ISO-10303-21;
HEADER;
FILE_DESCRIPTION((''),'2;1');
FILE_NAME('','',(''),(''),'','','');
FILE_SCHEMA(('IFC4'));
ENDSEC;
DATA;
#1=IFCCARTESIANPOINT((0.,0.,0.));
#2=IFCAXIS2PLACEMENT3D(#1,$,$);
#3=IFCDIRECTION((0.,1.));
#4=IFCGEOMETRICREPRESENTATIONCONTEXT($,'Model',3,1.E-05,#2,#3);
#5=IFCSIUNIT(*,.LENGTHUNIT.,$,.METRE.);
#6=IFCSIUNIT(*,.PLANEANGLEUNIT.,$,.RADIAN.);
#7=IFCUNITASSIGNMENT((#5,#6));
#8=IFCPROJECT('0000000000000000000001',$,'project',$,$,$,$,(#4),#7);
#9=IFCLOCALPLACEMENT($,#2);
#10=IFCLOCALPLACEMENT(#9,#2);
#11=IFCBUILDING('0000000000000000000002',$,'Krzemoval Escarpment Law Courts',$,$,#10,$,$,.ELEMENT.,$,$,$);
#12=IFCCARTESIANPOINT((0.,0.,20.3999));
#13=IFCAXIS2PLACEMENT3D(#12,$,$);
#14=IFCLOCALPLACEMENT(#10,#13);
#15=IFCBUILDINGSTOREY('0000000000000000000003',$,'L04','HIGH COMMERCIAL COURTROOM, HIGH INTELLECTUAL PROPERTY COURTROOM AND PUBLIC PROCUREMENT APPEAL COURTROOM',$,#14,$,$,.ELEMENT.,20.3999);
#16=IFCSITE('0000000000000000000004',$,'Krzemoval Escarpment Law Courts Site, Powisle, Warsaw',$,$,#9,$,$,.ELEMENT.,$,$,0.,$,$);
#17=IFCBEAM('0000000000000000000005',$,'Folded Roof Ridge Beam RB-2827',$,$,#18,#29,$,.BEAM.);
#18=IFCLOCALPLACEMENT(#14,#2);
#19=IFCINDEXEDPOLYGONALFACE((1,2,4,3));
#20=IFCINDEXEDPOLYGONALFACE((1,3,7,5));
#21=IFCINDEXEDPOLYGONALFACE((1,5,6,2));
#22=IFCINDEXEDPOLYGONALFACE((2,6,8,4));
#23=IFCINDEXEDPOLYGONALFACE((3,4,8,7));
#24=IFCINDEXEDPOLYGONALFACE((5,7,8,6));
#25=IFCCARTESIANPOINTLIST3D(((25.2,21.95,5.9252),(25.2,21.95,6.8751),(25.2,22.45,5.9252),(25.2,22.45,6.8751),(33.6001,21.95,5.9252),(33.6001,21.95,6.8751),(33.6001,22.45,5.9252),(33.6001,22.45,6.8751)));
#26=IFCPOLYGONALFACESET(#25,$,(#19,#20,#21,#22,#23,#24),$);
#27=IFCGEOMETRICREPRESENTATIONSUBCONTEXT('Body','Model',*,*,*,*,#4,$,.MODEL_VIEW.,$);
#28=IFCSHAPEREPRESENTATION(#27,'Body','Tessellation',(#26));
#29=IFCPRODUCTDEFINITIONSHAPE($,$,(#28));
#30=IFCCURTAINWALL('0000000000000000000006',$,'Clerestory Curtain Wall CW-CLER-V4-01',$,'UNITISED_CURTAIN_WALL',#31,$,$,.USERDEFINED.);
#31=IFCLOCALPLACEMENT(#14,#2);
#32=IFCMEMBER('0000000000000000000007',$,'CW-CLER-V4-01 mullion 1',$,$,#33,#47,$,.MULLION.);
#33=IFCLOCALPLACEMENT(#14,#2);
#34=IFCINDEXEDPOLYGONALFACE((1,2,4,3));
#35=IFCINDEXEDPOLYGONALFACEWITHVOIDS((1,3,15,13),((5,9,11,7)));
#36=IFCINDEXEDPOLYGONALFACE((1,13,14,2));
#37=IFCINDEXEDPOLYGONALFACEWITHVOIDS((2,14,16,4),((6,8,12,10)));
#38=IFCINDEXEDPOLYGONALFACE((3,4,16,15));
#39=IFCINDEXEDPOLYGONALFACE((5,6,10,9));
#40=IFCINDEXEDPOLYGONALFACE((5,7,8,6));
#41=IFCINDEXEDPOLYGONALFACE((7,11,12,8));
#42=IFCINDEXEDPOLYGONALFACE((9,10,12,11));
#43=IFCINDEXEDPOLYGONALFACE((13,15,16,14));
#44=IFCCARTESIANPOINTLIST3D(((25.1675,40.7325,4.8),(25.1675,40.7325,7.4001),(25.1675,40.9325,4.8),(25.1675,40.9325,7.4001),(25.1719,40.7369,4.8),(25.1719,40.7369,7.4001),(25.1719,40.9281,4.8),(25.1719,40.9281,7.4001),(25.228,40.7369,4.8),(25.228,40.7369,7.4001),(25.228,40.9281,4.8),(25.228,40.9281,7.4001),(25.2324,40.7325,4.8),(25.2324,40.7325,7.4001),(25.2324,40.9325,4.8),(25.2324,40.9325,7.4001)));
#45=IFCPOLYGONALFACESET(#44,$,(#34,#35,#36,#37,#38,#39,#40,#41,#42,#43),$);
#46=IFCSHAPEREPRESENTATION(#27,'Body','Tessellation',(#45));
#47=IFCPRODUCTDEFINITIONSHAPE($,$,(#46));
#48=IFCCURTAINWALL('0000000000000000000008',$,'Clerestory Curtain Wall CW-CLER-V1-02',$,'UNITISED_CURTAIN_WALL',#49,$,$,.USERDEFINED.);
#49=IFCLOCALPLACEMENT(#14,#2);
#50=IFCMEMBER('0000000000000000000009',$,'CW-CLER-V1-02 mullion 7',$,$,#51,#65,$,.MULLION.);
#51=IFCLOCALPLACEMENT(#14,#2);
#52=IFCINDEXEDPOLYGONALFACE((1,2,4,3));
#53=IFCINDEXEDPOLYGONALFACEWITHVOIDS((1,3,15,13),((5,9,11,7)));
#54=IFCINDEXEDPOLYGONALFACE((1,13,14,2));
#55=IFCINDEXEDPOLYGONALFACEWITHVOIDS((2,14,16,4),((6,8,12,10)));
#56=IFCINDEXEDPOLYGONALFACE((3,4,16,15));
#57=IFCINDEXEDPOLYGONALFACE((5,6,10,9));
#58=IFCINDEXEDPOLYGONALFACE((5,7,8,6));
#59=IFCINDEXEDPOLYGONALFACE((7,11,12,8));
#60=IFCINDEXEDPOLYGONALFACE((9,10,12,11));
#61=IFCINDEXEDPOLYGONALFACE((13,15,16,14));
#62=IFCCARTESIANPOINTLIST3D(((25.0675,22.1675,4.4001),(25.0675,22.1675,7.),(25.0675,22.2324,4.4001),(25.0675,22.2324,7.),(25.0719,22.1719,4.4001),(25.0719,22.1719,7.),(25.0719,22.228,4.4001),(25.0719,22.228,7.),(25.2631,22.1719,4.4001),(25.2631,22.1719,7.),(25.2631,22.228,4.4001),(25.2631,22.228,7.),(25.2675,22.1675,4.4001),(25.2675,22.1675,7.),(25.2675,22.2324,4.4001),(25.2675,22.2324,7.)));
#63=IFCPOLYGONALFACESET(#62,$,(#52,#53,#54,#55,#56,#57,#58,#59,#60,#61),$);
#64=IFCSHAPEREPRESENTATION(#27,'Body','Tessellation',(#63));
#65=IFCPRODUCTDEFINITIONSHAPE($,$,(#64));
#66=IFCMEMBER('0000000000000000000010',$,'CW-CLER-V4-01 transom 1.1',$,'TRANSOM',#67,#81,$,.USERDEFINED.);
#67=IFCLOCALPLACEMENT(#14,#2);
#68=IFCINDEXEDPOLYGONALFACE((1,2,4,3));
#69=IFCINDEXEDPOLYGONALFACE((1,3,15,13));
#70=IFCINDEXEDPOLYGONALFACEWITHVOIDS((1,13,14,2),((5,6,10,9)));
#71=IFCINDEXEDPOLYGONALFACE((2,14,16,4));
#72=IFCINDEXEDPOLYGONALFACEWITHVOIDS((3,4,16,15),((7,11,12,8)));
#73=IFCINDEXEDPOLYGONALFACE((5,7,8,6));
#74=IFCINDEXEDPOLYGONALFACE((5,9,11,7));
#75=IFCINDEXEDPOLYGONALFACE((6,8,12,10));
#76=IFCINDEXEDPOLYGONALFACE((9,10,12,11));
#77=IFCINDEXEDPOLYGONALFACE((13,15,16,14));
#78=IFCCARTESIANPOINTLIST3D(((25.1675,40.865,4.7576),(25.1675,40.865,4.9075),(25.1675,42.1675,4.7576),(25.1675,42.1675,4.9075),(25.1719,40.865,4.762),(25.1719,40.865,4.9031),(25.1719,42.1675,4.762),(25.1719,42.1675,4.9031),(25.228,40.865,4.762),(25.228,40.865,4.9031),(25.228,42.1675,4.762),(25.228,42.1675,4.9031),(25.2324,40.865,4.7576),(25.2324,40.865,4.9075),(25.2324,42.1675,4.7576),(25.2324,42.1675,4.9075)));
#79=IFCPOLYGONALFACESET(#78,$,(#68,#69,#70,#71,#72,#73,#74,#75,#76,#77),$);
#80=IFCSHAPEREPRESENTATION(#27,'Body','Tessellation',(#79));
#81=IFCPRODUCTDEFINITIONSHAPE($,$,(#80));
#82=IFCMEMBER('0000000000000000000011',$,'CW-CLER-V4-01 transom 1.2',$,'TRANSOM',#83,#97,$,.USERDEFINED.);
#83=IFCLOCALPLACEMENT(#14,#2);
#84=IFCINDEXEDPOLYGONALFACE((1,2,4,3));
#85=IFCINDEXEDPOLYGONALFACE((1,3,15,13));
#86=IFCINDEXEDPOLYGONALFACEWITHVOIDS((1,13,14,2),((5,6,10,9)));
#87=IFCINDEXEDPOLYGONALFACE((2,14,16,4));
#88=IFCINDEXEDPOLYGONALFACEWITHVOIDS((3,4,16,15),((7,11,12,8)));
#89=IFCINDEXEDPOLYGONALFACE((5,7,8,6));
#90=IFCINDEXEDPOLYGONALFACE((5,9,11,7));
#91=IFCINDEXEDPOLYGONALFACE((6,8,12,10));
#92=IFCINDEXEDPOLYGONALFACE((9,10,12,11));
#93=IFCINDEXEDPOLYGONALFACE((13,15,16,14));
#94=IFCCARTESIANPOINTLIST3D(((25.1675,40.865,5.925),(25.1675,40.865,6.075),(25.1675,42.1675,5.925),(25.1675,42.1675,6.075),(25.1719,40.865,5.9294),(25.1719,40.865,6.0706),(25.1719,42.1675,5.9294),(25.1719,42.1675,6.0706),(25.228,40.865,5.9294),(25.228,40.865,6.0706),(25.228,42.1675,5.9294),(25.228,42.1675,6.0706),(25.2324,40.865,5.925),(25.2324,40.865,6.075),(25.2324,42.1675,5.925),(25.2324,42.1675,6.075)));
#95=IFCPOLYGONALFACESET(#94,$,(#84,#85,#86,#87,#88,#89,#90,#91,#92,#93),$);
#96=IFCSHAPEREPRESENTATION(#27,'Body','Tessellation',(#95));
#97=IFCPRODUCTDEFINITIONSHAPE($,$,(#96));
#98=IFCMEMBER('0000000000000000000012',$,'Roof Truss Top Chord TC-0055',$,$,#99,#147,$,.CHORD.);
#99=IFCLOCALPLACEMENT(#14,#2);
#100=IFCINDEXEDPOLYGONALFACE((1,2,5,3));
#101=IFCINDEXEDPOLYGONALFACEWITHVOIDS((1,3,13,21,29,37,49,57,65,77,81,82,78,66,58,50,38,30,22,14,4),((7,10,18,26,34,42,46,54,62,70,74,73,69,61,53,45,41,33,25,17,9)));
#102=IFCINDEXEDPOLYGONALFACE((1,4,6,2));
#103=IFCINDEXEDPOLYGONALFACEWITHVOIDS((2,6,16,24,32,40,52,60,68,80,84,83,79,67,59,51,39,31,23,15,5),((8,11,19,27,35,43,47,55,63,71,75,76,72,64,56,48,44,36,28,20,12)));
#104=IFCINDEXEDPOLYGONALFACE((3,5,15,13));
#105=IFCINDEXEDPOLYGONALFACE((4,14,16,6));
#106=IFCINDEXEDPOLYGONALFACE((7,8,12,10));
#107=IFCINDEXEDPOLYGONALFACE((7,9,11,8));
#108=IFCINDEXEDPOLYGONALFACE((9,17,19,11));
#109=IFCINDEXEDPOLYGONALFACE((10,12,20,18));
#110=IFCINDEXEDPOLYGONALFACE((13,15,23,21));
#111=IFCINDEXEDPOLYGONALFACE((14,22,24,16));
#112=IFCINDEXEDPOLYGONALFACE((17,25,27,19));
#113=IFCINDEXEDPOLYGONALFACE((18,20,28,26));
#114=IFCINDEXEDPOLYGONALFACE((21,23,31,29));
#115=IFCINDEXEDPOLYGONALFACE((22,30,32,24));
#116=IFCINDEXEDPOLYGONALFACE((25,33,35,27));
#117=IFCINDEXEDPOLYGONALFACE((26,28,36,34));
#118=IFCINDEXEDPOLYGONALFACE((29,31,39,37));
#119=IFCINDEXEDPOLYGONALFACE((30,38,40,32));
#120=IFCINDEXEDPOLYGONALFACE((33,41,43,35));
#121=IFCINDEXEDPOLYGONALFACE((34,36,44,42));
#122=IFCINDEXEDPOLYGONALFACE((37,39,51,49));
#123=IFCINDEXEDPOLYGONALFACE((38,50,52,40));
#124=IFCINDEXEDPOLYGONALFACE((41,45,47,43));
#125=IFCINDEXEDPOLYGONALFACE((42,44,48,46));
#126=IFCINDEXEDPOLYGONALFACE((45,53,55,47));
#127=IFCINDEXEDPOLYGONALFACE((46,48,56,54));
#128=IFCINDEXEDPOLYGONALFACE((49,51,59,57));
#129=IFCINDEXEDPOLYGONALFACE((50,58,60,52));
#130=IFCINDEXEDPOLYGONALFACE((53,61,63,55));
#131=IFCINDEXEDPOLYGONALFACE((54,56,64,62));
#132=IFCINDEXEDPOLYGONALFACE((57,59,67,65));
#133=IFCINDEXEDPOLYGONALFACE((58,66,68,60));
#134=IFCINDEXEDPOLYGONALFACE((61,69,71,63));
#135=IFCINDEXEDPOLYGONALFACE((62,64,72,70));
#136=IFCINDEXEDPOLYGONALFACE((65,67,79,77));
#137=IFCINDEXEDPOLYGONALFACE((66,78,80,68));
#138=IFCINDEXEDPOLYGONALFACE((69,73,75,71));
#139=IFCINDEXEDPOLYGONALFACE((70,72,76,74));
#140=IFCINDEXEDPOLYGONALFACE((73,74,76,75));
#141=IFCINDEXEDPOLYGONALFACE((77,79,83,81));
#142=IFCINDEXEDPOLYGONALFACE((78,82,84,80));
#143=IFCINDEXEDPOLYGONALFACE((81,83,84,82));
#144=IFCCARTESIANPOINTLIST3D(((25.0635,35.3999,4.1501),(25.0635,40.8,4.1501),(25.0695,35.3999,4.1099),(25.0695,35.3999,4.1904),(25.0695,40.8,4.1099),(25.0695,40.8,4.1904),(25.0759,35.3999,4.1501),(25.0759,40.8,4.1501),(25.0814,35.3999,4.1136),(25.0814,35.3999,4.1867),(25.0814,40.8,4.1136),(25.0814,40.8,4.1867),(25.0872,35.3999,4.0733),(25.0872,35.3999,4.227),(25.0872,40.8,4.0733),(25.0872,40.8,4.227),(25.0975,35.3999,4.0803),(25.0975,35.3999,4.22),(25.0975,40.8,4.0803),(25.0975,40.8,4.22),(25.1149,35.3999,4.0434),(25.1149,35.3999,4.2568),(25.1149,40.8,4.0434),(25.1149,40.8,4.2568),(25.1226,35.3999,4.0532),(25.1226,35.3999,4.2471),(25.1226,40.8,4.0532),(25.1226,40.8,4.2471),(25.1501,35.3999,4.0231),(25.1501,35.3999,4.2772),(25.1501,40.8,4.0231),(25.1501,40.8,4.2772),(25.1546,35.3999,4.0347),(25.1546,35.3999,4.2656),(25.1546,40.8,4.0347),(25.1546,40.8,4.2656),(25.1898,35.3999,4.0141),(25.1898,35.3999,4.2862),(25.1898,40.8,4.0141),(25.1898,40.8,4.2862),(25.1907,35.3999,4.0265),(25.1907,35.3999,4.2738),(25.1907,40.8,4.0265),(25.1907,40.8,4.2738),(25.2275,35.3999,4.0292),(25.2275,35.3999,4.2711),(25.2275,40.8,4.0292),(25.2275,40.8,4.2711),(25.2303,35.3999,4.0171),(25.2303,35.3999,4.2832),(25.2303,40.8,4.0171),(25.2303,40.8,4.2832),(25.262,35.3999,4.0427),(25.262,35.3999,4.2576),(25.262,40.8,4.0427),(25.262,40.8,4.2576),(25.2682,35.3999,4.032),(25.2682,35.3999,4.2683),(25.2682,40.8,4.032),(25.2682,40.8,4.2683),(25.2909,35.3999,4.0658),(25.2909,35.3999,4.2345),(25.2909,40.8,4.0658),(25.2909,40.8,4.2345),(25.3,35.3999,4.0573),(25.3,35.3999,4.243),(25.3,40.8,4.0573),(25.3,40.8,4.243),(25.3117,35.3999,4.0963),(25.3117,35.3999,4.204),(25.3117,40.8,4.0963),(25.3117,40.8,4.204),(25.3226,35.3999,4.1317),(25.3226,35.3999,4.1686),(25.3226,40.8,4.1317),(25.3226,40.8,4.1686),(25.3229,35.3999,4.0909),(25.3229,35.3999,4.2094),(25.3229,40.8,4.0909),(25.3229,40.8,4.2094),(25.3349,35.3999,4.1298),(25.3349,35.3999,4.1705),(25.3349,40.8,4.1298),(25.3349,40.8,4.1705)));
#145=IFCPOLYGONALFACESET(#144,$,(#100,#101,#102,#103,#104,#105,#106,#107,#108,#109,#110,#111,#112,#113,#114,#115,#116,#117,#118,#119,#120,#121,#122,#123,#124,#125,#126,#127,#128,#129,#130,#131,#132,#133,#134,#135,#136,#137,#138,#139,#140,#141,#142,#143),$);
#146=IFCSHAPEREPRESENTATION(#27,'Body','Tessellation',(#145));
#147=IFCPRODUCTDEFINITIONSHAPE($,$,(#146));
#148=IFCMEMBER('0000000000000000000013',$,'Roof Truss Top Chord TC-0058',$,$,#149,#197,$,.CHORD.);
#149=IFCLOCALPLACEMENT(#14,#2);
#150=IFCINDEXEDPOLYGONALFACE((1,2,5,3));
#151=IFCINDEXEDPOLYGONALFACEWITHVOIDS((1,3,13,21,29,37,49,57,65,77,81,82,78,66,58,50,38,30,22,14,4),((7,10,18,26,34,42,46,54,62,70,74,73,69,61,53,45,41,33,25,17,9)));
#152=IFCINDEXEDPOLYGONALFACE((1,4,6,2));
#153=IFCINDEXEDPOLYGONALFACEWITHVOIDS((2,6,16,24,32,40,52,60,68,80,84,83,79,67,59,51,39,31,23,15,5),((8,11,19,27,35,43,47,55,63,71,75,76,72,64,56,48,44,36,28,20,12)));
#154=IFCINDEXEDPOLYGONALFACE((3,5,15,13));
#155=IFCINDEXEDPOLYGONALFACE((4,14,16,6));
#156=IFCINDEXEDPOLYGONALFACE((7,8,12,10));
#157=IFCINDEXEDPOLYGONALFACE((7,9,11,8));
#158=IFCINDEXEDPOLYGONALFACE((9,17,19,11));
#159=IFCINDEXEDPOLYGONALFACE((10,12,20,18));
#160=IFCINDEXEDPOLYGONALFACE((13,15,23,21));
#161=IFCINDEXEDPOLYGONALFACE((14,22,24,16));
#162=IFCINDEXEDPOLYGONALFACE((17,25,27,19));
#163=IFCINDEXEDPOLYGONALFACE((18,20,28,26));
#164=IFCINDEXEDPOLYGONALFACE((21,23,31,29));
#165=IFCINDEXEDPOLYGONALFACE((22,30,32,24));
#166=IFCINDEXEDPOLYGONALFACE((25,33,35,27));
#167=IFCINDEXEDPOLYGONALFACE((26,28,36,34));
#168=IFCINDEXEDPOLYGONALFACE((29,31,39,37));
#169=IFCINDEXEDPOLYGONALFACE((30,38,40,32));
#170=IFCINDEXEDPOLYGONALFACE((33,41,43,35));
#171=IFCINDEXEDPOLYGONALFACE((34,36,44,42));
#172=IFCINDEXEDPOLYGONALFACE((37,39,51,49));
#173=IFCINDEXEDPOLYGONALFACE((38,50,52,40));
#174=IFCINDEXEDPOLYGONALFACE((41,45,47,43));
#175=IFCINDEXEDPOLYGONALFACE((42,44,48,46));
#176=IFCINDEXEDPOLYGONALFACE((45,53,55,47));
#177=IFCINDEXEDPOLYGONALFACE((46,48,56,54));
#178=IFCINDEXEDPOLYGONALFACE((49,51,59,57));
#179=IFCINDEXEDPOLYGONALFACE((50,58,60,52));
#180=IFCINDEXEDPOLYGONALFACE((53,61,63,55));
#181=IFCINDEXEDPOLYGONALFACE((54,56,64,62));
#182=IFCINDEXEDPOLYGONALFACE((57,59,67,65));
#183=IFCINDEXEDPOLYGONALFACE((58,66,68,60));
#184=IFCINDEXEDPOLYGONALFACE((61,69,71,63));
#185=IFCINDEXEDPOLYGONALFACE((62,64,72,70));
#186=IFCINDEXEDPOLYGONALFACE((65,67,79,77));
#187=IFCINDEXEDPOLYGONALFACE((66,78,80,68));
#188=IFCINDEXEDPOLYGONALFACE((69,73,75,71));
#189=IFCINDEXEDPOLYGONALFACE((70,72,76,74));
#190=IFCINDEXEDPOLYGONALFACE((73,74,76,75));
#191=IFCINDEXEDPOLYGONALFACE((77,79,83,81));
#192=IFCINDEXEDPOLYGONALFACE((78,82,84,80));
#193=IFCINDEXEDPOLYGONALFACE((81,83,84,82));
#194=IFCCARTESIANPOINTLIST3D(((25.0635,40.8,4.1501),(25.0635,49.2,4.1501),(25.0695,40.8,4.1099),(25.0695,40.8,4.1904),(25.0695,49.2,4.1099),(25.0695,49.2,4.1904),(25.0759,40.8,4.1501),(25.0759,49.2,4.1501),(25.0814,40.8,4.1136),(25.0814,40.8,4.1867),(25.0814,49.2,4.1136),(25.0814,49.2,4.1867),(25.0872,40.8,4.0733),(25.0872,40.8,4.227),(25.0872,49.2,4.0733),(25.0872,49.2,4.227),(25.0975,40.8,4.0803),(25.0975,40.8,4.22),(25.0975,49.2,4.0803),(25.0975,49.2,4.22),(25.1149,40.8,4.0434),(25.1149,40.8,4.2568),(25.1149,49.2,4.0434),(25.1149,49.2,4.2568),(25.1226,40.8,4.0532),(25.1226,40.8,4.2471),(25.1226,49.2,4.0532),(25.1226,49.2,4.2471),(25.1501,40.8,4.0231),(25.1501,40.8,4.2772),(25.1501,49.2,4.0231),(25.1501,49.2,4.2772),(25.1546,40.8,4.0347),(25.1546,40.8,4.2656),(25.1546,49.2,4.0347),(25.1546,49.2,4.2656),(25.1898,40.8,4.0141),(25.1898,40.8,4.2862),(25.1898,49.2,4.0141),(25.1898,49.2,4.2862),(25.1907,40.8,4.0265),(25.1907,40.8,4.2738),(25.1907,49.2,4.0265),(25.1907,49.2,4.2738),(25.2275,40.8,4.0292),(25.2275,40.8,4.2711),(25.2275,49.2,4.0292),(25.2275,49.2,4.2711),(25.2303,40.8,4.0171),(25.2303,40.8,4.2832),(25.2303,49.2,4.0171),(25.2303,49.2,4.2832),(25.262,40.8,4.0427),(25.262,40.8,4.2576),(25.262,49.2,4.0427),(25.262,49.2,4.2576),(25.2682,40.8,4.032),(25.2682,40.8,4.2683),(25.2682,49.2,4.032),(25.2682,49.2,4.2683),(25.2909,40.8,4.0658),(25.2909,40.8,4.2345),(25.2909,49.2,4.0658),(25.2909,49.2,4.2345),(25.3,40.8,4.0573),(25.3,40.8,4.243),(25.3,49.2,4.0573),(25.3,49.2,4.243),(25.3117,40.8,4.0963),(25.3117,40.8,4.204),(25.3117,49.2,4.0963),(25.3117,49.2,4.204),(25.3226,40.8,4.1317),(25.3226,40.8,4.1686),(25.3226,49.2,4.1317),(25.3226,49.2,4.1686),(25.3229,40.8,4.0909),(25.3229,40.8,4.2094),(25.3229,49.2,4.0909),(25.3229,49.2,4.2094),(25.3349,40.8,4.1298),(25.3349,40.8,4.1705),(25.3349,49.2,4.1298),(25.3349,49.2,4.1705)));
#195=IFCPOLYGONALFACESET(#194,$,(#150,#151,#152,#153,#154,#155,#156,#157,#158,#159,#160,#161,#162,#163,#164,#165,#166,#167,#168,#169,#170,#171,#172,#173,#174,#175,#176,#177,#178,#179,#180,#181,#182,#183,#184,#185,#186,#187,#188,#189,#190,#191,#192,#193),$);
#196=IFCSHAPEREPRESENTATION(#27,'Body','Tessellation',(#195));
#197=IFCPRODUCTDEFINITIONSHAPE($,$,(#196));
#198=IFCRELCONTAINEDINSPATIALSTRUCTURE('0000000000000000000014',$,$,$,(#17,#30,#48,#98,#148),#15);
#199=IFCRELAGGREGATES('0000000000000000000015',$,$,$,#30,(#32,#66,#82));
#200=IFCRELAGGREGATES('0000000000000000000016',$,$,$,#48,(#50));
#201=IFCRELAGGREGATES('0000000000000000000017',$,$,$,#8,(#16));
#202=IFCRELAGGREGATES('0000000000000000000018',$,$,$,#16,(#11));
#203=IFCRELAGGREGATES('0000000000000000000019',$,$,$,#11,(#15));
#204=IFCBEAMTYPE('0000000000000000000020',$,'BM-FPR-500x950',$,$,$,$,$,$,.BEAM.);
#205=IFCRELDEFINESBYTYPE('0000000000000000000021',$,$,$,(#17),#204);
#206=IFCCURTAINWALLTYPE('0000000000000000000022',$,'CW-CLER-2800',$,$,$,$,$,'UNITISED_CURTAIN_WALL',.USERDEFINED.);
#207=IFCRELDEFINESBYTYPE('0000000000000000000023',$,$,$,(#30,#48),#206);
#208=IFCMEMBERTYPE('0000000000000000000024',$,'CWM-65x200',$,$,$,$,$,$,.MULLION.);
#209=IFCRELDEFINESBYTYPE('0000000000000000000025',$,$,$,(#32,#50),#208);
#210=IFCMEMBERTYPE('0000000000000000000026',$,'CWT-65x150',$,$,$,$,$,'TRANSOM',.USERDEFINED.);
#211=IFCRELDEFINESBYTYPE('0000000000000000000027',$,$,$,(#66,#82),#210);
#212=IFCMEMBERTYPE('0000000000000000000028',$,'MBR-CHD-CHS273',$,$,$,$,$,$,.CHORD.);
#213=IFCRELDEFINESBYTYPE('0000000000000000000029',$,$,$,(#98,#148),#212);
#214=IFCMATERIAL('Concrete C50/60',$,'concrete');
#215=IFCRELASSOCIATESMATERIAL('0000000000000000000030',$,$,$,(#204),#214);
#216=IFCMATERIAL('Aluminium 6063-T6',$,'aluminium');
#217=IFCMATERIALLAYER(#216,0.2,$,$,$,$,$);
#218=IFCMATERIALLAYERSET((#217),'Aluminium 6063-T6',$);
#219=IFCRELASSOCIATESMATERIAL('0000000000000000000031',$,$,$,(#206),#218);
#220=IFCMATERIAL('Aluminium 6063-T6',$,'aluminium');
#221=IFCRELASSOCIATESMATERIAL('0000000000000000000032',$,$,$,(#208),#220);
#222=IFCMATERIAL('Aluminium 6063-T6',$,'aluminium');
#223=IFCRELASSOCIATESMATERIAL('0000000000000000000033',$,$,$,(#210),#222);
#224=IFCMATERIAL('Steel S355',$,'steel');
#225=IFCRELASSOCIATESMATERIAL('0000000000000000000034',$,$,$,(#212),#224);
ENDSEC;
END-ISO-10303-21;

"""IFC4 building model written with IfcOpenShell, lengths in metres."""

from ifc_helpers import new_model, si_unit, direction, frame, origin, origin_2d, place, context, subcontext, project, spatial, rectangle, hollow_rectangle, hollow_circle, extrude, material, layer, layer_set, material_profile, profile_set, type_object, element, aggregate, save


model = new_model("IFC4")

# Units and contexts
model_context = context("Model", 3, precision=1e-05, world=origin(), true_north=direction((0.0, 1.0)))
body_context = subcontext(model_context, "Body", "Model", "MODEL_VIEW")
ifc_project = project(units=[si_unit("LENGTHUNIT", "METRE"), si_unit("PLANEANGLEUNIT", "RADIAN")], contexts=[model_context])

# Site, building, storey
site_placement = place(None, origin())
site = spatial("IfcSite", under=ifc_project, at=site_placement, Name="Krzemoval Escarpment Law Courts Site, Powisle, Warsaw", CompositionType="ELEMENT", RefElevation=0.0)
building_placement = place(site_placement, origin())
building = spatial("IfcBuilding", under=site, at=building_placement, Name="Krzemoval Escarpment Law Courts", CompositionType="ELEMENT")
storey_placement = place(building_placement, frame((0.0, 0.0, 20.3999)))
storey = spatial("IfcBuildingStorey", under=building, at=storey_placement, Name="L04", Description="HIGH COMMERCIAL COURTROOM, HIGH INTELLECTUAL PROPERTY COURTROOM AND PUBLIC PROCUREMENT APPEAL COURTROOM", CompositionType="ELEMENT", Elevation=20.3999)

# Beam
ifc_material_1 = material(Name="Concrete C50/60", Category="concrete")
ifc_material_profile_1 = material_profile(ifc_material_1, rectangle(XDim=0.5, YDim=0.95, at=origin_2d()), Name="FPR 500x950")
ifc_profile_set_1 = profile_set([ifc_material_profile_1], Name="Concrete C50/60")
beam_type = type_object("IfcBeamType", Name="BM-FPR-500x950", PredefinedType="BEAM", material=ifc_profile_set_1)
beam_placement = place(storey_placement, frame((25.2, 22.2, 6.4001), z_axis=(1.0, 0.0, 0.0), x_axis=(0.0, 1.0, 0.0)))
element("IfcBeam", 1, at=beam_placement, inside=storey, type_object=beam_type, Name="Folded Roof Ridge Beam RB-2827", PredefinedType="BEAM", context=body_context, shape_type="SweptSolid", body=[
    extrude(rectangle(XDim=0.5, YDim=0.95, at=origin_2d()), origin(), (0.0, 0.0, 1.0), 8.4001),
])

# Curtain walls, members
ifc_material_2 = material(Name="Aluminium 6063-T6", Category="aluminium")
ifc_layer_1 = layer(ifc_material_2, 0.2)
ifc_layer_set_1 = layer_set([ifc_layer_1], Name="Aluminium 6063-T6")
curtain_wall_type = type_object("IfcCurtainWallType", Name="CW-CLER-2800", ElementType="UNITISED_CURTAIN_WALL", PredefinedType="USERDEFINED", material=ifc_layer_set_1)
curtain_wall_1_placement = place(storey_placement, origin())
curtain_wall_1 = element("IfcCurtainWall", 2, at=curtain_wall_1_placement, inside=storey, type_object=curtain_wall_type, Name="Clerestory Curtain Wall CW-CLER-V4-01", ObjectType="UNITISED_CURTAIN_WALL", PredefinedType="USERDEFINED")
ifc_material_3 = material(Name="Aluminium 6063-T6", Category="aluminium")
ifc_material_profile_2 = material_profile(ifc_material_3, hollow_rectangle(XDim=0.0649, YDim=0.2, WallThickness=0.0044, at=origin_2d()), Name="ALU M65x200")
ifc_profile_set_2 = profile_set([ifc_material_profile_2], Name="Aluminium 6063-T6")
member_type_1 = type_object("IfcMemberType", Name="CWM-65x200", PredefinedType="MULLION", material=ifc_profile_set_2)
member_1_placement = place(storey_placement, frame((25.2, 40.8325, 4.8), z_axis=(0.0, 0.0, 1.0), x_axis=(-1.0, 0.0, 0.0)))
member_1 = element("IfcMember", 3, at=member_1_placement, type_object=member_type_1, Name="CW-CLER-V4-01 mullion 1", PredefinedType="MULLION", context=body_context, shape_type="SweptSolid", body=[
    extrude(hollow_rectangle(XDim=0.0649, YDim=0.2, WallThickness=0.0044, at=origin_2d()), origin(), (0.0, 0.0, 1.0), 2.6001),
])
curtain_wall_2_placement = place(storey_placement, origin())
curtain_wall_2 = element("IfcCurtainWall", 4, at=curtain_wall_2_placement, inside=storey, type_object=curtain_wall_type, Name="Clerestory Curtain Wall CW-CLER-V1-02", ObjectType="UNITISED_CURTAIN_WALL", PredefinedType="USERDEFINED")
member_2_placement = place(storey_placement, frame((25.1675, 22.2, 4.4001), z_axis=(0.0, 0.0, 1.0), x_axis=(0.0, 1.0, 0.0)))
member_2 = element("IfcMember", 5, at=member_2_placement, type_object=member_type_1, Name="CW-CLER-V1-02 mullion 7", PredefinedType="MULLION", context=body_context, shape_type="SweptSolid", body=[
    extrude(hollow_rectangle(XDim=0.0649, YDim=0.2, WallThickness=0.0044, at=origin_2d()), origin(), (0.0, 0.0, 1.0), 2.5999),
])

# Members
ifc_material_4 = material(Name="Aluminium 6063-T6", Category="aluminium")
ifc_material_profile_3 = material_profile(ifc_material_4, hollow_rectangle(XDim=0.0649, YDim=0.1499, WallThickness=0.0044, at=origin_2d()), Name="ALU T65x150")
ifc_profile_set_3 = profile_set([ifc_material_profile_3], Name="Aluminium 6063-T6")
member_type_2 = type_object("IfcMemberType", Name="CWT-65x150", ElementType="TRANSOM", PredefinedType="USERDEFINED", material=ifc_profile_set_3)
member_3_placement = place(storey_placement, frame((25.2, 40.865, 4.8325), z_axis=(0.0, 1.0, 0.0), x_axis=(-1.0, 0.0, 0.0)))
member_3 = element("IfcMember", 6, at=member_3_placement, type_object=member_type_2, Name="CW-CLER-V4-01 transom 1.1", ObjectType="TRANSOM", PredefinedType="USERDEFINED", context=body_context, shape_type="SweptSolid", body=[
    extrude(hollow_rectangle(XDim=0.0649, YDim=0.1499, WallThickness=0.0044, at=origin_2d()), origin(), (0.0, 0.0, 1.0), 1.3025),
])
member_4_placement = place(storey_placement, frame((25.2, 40.865, 6.0), z_axis=(0.0, 1.0, 0.0), x_axis=(-1.0, 0.0, 0.0)))
member_4 = element("IfcMember", 7, at=member_4_placement, type_object=member_type_2, Name="CW-CLER-V4-01 transom 1.2", ObjectType="TRANSOM", PredefinedType="USERDEFINED", context=body_context, shape_type="SweptSolid", body=[
    extrude(hollow_rectangle(XDim=0.0649, YDim=0.1499, WallThickness=0.0044, at=origin_2d()), origin(), (0.0, 0.0, 1.0), 1.3025),
])
aggregate(curtain_wall_1, [member_1, member_3, member_4])

# Members
ifc_material_5 = material(Name="Steel S355", Category="steel")
ifc_material_profile_4 = material_profile(ifc_material_5, hollow_circle(Radius=0.1365, WallThickness=0.0125, at=origin_2d()), Name="CHS 273x12.5")
ifc_profile_set_4 = profile_set([ifc_material_profile_4], Name="Steel S355")
member_type_3 = type_object("IfcMemberType", Name="MBR-CHD-CHS273", PredefinedType="CHORD", material=ifc_profile_set_4)
member_5_placement = place(storey_placement, frame((25.2, 35.3999, 4.1501), z_axis=(0.0, 1.0, 0.0), x_axis=(-1.0, 0.0, 0.0)))
element("IfcMember", 8, at=member_5_placement, inside=storey, type_object=member_type_3, Name="Roof Truss Top Chord TC-0055", PredefinedType="CHORD", context=body_context, shape_type="SweptSolid", body=[
    extrude(hollow_circle(Radius=0.1365, WallThickness=0.0125, at=origin_2d()), origin(), (0.0, 0.0, 1.0), 5.4001),
])
member_6_placement = place(storey_placement, frame((25.2, 40.8, 4.1501), z_axis=(0.0, 1.0, 0.0), x_axis=(-1.0, 0.0, 0.0)))
element("IfcMember", 9, at=member_6_placement, inside=storey, type_object=member_type_3, Name="Roof Truss Top Chord TC-0058", PredefinedType="CHORD", context=body_context, shape_type="SweptSolid", body=[
    extrude(hollow_circle(Radius=0.1365, WallThickness=0.0125, at=origin_2d()), origin(), (0.0, 0.0, 1.0), 8.3999),
])

aggregate(curtain_wall_2, [member_2])

save(model, "model.ifc")
